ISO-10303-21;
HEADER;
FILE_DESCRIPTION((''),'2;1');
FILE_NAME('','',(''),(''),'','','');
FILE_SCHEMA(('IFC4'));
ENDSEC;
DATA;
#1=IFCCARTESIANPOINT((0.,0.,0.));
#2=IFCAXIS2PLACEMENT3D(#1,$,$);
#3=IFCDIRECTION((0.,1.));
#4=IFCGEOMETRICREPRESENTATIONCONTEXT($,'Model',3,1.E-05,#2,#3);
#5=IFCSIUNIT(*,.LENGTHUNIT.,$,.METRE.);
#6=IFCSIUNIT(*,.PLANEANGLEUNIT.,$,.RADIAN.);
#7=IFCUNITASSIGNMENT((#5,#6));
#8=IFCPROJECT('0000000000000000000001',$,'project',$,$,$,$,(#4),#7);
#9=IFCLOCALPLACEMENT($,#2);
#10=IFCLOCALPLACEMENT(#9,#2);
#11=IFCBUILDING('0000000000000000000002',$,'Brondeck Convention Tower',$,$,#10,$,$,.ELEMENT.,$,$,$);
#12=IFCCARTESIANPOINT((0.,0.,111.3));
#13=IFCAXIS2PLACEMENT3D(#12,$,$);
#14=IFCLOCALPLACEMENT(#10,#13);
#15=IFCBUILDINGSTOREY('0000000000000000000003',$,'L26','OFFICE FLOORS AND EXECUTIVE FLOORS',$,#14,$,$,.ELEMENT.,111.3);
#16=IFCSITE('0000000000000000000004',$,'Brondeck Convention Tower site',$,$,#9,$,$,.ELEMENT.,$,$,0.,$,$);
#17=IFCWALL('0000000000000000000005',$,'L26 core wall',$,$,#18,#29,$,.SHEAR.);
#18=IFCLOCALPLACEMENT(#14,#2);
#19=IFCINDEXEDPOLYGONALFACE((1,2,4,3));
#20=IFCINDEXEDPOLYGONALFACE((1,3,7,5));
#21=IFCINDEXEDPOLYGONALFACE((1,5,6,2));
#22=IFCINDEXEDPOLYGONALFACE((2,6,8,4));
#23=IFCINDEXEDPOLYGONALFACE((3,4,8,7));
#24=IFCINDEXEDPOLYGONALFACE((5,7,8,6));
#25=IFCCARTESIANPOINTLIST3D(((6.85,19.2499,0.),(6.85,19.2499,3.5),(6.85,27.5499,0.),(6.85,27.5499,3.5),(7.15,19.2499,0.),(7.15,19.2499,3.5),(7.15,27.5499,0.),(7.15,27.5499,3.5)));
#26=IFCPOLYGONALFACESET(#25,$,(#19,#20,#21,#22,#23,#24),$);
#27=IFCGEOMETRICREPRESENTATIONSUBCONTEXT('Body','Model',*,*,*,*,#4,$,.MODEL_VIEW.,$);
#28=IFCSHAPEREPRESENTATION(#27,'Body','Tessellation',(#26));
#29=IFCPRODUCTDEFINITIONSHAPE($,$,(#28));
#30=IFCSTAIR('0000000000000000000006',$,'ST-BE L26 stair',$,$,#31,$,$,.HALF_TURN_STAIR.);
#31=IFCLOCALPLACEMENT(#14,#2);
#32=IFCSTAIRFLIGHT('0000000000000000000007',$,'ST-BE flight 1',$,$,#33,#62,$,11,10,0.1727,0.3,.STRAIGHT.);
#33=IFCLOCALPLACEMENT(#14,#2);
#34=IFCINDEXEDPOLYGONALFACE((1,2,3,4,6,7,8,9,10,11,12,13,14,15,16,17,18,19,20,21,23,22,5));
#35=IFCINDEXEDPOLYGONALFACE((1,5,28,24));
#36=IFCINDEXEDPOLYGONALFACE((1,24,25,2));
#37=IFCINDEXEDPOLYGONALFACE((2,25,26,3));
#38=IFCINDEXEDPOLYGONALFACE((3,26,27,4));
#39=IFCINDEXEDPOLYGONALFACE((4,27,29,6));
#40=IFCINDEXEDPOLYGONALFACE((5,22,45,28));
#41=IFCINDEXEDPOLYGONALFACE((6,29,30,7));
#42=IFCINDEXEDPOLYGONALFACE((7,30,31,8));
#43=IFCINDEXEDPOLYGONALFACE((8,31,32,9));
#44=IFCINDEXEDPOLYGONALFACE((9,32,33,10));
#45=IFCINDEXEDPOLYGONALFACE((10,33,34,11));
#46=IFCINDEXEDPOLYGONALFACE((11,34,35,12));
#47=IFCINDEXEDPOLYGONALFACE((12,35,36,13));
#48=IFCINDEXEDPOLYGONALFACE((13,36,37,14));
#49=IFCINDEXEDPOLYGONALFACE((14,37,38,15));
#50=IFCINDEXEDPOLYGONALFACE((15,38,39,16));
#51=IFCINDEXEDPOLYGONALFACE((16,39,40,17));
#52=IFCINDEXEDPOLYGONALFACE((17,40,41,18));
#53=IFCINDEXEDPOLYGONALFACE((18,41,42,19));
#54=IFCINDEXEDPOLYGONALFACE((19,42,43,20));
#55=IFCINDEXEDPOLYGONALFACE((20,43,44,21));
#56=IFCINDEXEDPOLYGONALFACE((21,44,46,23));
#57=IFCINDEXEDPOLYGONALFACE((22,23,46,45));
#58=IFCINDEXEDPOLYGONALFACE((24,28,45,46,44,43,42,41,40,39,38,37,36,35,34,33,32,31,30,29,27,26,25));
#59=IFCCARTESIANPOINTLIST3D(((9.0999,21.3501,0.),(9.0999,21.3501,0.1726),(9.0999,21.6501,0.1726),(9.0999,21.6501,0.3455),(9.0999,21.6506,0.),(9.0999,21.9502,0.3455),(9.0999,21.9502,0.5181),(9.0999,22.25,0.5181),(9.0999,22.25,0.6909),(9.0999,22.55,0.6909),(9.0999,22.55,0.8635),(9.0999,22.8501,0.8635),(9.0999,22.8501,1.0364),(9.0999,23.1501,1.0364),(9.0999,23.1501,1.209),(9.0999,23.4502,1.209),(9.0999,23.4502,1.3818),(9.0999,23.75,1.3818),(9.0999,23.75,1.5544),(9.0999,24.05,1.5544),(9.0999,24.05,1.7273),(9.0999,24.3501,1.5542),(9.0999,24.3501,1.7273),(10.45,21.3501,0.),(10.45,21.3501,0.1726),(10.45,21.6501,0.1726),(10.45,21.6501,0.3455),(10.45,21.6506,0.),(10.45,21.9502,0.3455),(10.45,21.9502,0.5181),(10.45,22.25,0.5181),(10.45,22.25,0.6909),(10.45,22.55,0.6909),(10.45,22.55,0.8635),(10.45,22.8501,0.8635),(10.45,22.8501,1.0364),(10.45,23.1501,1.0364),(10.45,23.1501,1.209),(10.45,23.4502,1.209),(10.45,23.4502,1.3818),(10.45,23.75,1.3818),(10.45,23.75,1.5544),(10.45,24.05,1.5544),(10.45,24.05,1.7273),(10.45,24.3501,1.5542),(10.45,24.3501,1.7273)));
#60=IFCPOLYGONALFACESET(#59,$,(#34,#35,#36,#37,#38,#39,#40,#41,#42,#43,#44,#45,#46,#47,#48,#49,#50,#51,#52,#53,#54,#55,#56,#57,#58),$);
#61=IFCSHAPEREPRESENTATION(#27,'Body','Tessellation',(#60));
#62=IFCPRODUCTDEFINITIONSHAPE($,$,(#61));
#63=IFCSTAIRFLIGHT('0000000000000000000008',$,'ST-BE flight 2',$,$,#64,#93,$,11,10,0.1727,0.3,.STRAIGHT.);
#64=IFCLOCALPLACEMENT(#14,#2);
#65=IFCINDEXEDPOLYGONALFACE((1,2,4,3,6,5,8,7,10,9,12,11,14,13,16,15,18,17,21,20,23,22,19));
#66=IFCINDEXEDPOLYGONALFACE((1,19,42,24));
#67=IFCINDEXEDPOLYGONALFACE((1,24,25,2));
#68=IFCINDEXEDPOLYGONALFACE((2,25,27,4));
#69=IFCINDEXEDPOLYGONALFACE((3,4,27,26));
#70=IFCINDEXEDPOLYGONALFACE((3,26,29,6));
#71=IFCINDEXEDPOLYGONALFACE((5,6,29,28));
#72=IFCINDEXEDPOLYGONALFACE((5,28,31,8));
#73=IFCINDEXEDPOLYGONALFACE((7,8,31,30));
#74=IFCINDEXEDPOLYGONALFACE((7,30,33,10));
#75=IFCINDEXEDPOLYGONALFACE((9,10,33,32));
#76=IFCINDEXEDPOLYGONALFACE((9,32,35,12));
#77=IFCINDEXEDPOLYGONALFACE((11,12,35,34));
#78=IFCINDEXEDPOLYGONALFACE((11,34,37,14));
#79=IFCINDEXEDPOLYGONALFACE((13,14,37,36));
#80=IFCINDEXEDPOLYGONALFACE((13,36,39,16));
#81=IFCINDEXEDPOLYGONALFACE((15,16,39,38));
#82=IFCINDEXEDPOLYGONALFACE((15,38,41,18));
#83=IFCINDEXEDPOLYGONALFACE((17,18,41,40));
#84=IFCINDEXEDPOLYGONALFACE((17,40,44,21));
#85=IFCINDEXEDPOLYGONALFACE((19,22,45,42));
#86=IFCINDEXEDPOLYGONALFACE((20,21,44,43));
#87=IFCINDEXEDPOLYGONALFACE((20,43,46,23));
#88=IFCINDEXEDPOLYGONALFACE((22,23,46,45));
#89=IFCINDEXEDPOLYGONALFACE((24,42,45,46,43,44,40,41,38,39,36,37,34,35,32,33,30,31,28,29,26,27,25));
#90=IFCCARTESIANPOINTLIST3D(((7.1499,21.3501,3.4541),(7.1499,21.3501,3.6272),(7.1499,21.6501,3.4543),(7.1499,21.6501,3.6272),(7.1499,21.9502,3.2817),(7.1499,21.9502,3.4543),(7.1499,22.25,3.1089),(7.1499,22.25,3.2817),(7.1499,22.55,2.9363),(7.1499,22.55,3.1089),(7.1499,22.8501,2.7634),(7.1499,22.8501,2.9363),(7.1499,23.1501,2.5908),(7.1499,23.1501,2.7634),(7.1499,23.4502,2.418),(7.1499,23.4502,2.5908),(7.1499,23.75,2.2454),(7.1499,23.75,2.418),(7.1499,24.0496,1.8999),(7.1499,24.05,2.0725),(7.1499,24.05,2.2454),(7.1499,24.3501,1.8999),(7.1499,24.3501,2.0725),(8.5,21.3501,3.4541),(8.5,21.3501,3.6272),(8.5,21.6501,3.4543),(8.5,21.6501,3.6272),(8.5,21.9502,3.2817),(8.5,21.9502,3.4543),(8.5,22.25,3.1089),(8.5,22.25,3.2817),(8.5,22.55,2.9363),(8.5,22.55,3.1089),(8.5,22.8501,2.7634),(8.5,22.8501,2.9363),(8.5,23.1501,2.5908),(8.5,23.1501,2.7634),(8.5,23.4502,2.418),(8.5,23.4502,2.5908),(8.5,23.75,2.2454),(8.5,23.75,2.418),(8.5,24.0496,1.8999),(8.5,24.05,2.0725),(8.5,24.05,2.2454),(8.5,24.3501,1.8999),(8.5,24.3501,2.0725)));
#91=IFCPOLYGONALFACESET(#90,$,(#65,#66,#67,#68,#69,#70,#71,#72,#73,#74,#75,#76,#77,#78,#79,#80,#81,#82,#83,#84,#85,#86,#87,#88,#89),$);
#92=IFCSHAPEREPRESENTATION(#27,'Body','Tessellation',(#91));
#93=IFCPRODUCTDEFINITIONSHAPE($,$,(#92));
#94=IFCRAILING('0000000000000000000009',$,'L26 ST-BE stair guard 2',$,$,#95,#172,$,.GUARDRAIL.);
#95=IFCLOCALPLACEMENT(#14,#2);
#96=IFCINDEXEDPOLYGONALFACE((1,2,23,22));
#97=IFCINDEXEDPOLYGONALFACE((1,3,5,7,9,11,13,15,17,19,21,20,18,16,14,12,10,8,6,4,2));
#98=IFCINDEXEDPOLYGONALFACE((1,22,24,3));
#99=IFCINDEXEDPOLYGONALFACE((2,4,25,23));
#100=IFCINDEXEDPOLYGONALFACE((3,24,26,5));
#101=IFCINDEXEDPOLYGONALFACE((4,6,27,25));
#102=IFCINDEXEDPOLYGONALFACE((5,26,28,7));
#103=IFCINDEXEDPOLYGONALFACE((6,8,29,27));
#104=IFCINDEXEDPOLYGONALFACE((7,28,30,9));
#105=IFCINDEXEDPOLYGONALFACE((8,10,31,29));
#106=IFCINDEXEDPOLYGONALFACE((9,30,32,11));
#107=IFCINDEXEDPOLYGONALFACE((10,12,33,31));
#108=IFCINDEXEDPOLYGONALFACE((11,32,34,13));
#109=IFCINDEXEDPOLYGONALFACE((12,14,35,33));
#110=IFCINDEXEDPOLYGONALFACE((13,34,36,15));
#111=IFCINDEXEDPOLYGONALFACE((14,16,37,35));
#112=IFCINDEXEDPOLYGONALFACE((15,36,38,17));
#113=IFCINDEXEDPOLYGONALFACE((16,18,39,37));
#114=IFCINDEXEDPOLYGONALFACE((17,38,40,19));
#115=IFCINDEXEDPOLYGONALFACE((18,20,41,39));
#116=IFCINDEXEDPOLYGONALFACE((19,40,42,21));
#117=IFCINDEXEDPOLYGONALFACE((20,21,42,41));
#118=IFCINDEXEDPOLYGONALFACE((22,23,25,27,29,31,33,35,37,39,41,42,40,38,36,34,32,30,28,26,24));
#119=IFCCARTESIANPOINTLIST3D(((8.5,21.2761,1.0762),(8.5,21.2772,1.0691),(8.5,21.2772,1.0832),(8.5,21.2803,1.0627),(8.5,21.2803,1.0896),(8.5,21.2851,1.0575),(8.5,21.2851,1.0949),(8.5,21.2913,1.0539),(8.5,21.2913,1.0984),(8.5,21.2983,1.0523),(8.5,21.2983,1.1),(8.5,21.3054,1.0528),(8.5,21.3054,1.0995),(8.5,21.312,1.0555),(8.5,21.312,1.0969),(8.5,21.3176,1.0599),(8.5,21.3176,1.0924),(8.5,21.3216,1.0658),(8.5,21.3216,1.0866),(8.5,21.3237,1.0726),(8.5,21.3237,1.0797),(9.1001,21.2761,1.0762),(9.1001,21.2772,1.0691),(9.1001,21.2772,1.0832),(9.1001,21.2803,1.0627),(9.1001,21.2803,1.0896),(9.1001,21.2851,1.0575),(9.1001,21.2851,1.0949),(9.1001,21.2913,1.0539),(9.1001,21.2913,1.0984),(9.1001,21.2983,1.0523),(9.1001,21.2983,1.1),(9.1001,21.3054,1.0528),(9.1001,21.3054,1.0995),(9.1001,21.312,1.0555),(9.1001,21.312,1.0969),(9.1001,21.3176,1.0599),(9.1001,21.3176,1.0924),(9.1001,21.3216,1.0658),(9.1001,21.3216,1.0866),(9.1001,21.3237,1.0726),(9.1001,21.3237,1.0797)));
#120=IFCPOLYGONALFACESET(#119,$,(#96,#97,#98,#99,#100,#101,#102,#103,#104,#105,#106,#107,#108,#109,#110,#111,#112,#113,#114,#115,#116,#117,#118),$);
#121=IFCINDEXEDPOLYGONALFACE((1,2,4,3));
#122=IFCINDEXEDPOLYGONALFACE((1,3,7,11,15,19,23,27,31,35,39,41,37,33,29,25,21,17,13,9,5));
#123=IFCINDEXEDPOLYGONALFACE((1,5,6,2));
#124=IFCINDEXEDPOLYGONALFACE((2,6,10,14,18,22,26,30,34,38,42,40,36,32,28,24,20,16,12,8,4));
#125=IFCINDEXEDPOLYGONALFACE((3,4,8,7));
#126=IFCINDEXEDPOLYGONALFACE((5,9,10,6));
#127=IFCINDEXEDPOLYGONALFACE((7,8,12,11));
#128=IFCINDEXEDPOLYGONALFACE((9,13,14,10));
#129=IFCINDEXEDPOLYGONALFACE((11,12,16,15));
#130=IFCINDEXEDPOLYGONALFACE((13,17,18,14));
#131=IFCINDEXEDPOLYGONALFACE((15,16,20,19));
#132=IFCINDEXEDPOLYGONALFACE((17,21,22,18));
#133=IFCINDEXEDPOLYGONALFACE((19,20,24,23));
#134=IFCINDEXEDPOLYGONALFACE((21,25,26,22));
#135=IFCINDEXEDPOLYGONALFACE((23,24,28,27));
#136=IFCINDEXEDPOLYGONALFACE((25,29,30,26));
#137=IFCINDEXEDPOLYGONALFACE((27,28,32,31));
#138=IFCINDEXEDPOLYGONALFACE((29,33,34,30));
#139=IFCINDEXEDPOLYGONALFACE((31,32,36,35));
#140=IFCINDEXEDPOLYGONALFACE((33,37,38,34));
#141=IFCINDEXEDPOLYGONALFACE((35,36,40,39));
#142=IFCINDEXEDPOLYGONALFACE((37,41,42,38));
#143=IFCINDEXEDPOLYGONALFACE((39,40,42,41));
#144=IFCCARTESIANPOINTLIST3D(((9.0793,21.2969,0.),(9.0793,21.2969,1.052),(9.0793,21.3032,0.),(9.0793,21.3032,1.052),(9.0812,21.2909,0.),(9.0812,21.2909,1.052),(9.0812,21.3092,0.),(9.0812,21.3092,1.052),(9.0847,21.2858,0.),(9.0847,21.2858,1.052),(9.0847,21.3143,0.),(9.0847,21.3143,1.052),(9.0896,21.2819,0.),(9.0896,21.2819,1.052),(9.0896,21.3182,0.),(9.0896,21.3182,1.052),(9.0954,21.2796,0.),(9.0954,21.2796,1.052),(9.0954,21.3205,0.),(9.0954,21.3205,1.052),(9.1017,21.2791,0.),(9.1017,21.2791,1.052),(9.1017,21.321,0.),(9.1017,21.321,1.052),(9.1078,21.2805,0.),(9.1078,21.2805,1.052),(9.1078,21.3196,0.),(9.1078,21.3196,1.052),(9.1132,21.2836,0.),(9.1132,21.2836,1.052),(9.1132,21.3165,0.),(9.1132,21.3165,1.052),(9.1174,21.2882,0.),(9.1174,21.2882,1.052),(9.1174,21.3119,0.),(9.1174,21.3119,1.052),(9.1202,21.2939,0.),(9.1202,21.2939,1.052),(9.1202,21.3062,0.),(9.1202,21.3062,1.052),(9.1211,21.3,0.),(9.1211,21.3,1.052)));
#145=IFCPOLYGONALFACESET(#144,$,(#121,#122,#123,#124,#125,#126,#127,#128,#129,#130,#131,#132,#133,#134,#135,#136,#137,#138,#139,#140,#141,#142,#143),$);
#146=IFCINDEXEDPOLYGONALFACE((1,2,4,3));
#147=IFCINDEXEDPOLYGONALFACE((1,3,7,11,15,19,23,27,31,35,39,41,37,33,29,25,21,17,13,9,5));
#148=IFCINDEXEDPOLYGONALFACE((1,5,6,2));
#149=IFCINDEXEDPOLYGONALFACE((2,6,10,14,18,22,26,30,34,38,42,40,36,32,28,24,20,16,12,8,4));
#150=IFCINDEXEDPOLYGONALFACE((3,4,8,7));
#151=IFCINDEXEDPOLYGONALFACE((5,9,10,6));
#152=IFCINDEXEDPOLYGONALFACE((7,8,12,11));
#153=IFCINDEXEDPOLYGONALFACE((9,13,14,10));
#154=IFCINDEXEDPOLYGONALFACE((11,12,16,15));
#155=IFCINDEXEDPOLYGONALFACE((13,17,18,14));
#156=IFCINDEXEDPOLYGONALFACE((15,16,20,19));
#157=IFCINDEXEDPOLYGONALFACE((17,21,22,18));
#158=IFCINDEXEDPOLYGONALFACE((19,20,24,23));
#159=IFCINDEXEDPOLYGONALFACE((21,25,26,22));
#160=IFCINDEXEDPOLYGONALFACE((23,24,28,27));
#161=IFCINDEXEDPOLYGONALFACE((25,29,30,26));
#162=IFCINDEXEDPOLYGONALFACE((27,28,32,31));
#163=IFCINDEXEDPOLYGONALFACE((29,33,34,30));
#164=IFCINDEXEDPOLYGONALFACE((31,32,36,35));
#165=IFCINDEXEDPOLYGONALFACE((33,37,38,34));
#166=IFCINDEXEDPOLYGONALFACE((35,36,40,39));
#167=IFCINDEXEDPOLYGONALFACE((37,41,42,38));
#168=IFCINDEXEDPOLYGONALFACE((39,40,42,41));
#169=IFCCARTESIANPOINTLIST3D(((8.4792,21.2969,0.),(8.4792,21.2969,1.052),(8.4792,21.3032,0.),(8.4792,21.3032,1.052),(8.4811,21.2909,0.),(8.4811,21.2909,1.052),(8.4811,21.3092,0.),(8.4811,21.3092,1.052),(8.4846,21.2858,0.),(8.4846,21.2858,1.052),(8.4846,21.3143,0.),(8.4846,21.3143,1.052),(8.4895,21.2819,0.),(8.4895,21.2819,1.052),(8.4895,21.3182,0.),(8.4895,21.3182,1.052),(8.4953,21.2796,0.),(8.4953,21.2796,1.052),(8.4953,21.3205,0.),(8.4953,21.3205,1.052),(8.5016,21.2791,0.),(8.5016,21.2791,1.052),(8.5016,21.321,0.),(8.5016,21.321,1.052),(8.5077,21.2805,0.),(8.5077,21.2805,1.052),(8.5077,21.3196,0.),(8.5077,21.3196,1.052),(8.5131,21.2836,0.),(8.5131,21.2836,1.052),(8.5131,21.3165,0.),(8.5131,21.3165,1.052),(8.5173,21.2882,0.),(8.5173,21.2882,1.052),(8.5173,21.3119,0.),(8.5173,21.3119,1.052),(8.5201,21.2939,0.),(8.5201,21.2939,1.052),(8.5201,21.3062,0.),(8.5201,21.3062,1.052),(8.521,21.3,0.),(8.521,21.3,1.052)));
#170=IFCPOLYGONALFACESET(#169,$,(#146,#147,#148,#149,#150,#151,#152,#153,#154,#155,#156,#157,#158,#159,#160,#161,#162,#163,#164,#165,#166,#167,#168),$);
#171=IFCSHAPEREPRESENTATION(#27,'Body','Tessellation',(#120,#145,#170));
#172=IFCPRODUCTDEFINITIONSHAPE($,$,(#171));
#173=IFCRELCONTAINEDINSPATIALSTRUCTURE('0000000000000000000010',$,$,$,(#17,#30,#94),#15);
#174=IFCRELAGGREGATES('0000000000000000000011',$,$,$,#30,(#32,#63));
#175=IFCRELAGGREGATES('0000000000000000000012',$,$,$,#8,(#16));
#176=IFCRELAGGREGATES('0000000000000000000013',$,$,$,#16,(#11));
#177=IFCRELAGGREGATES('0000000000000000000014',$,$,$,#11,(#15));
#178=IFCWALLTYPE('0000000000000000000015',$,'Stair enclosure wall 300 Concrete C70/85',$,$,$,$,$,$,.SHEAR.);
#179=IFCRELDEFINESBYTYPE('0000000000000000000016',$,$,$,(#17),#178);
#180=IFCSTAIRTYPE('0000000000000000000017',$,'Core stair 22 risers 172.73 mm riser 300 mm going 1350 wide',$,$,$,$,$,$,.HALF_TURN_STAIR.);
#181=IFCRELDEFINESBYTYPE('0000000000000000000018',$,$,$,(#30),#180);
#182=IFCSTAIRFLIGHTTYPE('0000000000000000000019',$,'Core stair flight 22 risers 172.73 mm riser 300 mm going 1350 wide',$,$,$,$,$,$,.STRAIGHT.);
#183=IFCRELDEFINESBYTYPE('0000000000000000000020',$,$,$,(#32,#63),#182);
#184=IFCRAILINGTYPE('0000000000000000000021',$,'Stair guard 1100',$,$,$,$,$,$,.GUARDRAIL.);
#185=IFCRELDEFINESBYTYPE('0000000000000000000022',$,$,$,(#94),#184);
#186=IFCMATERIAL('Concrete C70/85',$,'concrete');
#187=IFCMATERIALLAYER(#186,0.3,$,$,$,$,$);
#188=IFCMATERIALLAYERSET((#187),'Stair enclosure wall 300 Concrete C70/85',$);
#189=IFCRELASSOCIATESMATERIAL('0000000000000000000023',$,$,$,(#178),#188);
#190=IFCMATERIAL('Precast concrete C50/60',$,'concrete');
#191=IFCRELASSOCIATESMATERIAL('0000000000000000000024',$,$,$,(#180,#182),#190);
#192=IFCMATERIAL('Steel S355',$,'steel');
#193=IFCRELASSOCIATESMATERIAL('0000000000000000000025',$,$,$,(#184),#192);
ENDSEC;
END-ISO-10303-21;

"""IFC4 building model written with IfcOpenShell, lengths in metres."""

from ifc_helpers import new_model, si_unit, direction, frame, frame_2d, origin, origin_2d, place, context, subcontext, project, spatial, polyline, rectangle, circle, outline, extrude, material, layer, layer_set, type_object, element, aggregate, save


model = new_model("IFC4")

# Units and contexts
model_context = context("Model", 3, precision=1e-05, world=origin(), true_north=direction((0.0, 1.0)))
body_context = subcontext(model_context, "Body", "Model", "MODEL_VIEW")
ifc_project = project(units=[si_unit("LENGTHUNIT", "METRE"), si_unit("PLANEANGLEUNIT", "RADIAN")], contexts=[model_context])

# Site, building, storey
site_placement = place(None, origin())
site = spatial("IfcSite", under=ifc_project, at=site_placement, Name="Brondeck Convention Tower site", CompositionType="ELEMENT", RefElevation=0.0)
building_placement = place(site_placement, origin())
building = spatial("IfcBuilding", under=site, at=building_placement, Name="Brondeck Convention Tower", CompositionType="ELEMENT")
storey_placement = place(building_placement, frame((0.0, 0.0, 111.3)))
storey = spatial("IfcBuildingStorey", under=building, at=storey_placement, Name="L26", Description="OFFICE FLOORS AND EXECUTIVE FLOORS", CompositionType="ELEMENT", Elevation=111.3)

# Shared definitions
ifc_material_1 = material(Name="Concrete C70/85", Category="concrete")

# Shared definitions
ifc_material_2 = material(Name="Steel S355", Category="steel")

# Wall
ifc_layer_1 = layer(ifc_material_1, 0.3)
ifc_layer_set_1 = layer_set([ifc_layer_1], Name="Stair enclosure wall 300 Concrete C70/85")
wall_type_1 = type_object("IfcWallType", Name="Stair enclosure wall 300 Concrete C70/85", PredefinedType="SHEAR", material=ifc_layer_set_1)
wall_1_placement = place(storey_placement, frame((7.0, 19.25, 0.0), z_axis=(0.0, 0.0, 1.0), x_axis=(0.0, 1.0, 0.0)))
element("IfcWall", 1, at=wall_1_placement, inside=storey, type_object=wall_type_1, Name="L26 core wall", PredefinedType="SHEAR", context=body_context, shape_type="SweptSolid", body=[
    extrude(rectangle(XDim=8.3, YDim=0.3, at=frame_2d((4.1499, 0.0))), origin(), (0.0, 0.0, 1.0), 3.5),
])

# Stair, stair flights
ifc_material_3 = material(Name="Precast concrete C50/60", Category="concrete")
stair_type = type_object("IfcStairType", Name="Core stair 22 risers 172.73 mm riser 300 mm going 1350 wide", PredefinedType="HALF_TURN_STAIR", material=ifc_material_3)
stair_placement = place(storey_placement, origin())
stair = element("IfcStair", 2, at=stair_placement, inside=storey, type_object=stair_type, Name="ST-BE L26 stair", PredefinedType="HALF_TURN_STAIR")
stair_flight_type = type_object("IfcStairFlightType", Name="Core stair flight 22 risers 172.73 mm riser 300 mm going 1350 wide", PredefinedType="STRAIGHT", material=ifc_material_3)
stair_flight_1_placement = place(storey_placement, frame((9.7749, 21.3501, 0.0), z_axis=(0.0, 0.0, 1.0), x_axis=(0.0, 1.0, 0.0)))
stair_flight_1 = element("IfcStairFlight", 3, at=stair_flight_1_placement, type_object=stair_flight_type, Name="ST-BE flight 1", NumberOfRisers=11, NumberOfTreads=10, PredefinedType="STRAIGHT", RiserHeight=0.1727, TreadLength=0.3, context=body_context, shape_type="SweptSolid", body=[
    extrude(outline(polyline([(0.0, 0.0), (0.0, 0.1726), (0.3, 0.1726), (0.3, 0.3455), (0.6001, 0.3455), (0.6001, 0.5181), (0.8999, 0.5181), (0.8999, 0.6909), (1.2, 0.6909), (1.2, 0.8635), (1.5, 0.8635), (1.5, 1.0364), (1.8, 1.0364), (1.8, 1.209), (2.1001, 1.209), (2.1001, 1.3818), (2.3999, 1.3818), (2.3999, 1.5544), (2.7, 1.5544), (2.7, 1.7273), (3.0, 1.7273), (3.0, 1.8999), (3.0, 1.5542), (0.3005, 0.0), (0.0, 0.0)])), frame((0.0, 0.675, 0.0), z_axis=(0.0, -1.0, 0.0), x_axis=(1.0, 0.0, 0.0)), (0.0, 0.0, 1.0), 1.3501),
])
stair_flight_2_placement = place(storey_placement, frame((7.825, 24.3501, 1.8999), z_axis=(0.0, 0.0, 1.0), x_axis=(0.0, -1.0, 0.0)))
stair_flight_2 = element("IfcStairFlight", 4, at=stair_flight_2_placement, type_object=stair_flight_type, Name="ST-BE flight 2", NumberOfRisers=11, NumberOfTreads=10, PredefinedType="STRAIGHT", RiserHeight=0.1727, TreadLength=0.3, context=body_context, shape_type="SweptSolid", body=[
    extrude(outline(polyline([(0.0, 0.0), (0.0, 0.1726), (0.3, 0.1726), (0.3, 0.3455), (0.6001, 0.3455), (0.6001, 0.5181), (0.8999, 0.5181), (0.8999, 0.6909), (1.2, 0.6909), (1.2, 0.8635), (1.5, 0.8635), (1.5, 1.0364), (1.8, 1.0364), (1.8, 1.209), (2.1001, 1.209), (2.1001, 1.3818), (2.3999, 1.3818), (2.3999, 1.5544), (2.7, 1.5544), (2.7, 1.7273), (3.0, 1.7273), (3.0, 1.8999), (3.0, 1.5542), (0.3005, 0.0), (0.0, 0.0)])), frame((0.0, 0.675, 0.0), z_axis=(0.0, -1.0, 0.0), x_axis=(1.0, 0.0, 0.0)), (0.0, 0.0, 1.0), 1.3501),
])
aggregate(stair, [stair_flight_1, stair_flight_2])

# Railing
railing_type_1 = type_object("IfcRailingType", Name="Stair guard 1100", PredefinedType="GUARDRAIL", material=ifc_material_2)
railing_1_placement = place(storey_placement, frame((9.1001, 21.3, 0.0)))
element("IfcRailing", 5, at=railing_1_placement, inside=storey, type_object=railing_type_1, Name="L26 ST-BE stair guard 2", PredefinedType="GUARDRAIL", context=body_context, shape_type="SweptSolid", body=[
    extrude(circle(Radius=0.0239, at=origin_2d()), frame((0.0, 0.0, 1.0762), z_axis=(-1.0, 0.0, 0.0), x_axis=(0.0, -1.0, 0.0)), (0.0, 0.0, 1.0), 0.6001),
    extrude(circle(Radius=0.021, at=origin_2d()), origin(), (0.0, 0.0, 1.0), 1.052),
    extrude(circle(Radius=0.021, at=origin_2d()), frame((-0.6001, 0.0, 0.0)), (0.0, 0.0, 1.0), 1.052),
])

save(model, "model.ifc")
